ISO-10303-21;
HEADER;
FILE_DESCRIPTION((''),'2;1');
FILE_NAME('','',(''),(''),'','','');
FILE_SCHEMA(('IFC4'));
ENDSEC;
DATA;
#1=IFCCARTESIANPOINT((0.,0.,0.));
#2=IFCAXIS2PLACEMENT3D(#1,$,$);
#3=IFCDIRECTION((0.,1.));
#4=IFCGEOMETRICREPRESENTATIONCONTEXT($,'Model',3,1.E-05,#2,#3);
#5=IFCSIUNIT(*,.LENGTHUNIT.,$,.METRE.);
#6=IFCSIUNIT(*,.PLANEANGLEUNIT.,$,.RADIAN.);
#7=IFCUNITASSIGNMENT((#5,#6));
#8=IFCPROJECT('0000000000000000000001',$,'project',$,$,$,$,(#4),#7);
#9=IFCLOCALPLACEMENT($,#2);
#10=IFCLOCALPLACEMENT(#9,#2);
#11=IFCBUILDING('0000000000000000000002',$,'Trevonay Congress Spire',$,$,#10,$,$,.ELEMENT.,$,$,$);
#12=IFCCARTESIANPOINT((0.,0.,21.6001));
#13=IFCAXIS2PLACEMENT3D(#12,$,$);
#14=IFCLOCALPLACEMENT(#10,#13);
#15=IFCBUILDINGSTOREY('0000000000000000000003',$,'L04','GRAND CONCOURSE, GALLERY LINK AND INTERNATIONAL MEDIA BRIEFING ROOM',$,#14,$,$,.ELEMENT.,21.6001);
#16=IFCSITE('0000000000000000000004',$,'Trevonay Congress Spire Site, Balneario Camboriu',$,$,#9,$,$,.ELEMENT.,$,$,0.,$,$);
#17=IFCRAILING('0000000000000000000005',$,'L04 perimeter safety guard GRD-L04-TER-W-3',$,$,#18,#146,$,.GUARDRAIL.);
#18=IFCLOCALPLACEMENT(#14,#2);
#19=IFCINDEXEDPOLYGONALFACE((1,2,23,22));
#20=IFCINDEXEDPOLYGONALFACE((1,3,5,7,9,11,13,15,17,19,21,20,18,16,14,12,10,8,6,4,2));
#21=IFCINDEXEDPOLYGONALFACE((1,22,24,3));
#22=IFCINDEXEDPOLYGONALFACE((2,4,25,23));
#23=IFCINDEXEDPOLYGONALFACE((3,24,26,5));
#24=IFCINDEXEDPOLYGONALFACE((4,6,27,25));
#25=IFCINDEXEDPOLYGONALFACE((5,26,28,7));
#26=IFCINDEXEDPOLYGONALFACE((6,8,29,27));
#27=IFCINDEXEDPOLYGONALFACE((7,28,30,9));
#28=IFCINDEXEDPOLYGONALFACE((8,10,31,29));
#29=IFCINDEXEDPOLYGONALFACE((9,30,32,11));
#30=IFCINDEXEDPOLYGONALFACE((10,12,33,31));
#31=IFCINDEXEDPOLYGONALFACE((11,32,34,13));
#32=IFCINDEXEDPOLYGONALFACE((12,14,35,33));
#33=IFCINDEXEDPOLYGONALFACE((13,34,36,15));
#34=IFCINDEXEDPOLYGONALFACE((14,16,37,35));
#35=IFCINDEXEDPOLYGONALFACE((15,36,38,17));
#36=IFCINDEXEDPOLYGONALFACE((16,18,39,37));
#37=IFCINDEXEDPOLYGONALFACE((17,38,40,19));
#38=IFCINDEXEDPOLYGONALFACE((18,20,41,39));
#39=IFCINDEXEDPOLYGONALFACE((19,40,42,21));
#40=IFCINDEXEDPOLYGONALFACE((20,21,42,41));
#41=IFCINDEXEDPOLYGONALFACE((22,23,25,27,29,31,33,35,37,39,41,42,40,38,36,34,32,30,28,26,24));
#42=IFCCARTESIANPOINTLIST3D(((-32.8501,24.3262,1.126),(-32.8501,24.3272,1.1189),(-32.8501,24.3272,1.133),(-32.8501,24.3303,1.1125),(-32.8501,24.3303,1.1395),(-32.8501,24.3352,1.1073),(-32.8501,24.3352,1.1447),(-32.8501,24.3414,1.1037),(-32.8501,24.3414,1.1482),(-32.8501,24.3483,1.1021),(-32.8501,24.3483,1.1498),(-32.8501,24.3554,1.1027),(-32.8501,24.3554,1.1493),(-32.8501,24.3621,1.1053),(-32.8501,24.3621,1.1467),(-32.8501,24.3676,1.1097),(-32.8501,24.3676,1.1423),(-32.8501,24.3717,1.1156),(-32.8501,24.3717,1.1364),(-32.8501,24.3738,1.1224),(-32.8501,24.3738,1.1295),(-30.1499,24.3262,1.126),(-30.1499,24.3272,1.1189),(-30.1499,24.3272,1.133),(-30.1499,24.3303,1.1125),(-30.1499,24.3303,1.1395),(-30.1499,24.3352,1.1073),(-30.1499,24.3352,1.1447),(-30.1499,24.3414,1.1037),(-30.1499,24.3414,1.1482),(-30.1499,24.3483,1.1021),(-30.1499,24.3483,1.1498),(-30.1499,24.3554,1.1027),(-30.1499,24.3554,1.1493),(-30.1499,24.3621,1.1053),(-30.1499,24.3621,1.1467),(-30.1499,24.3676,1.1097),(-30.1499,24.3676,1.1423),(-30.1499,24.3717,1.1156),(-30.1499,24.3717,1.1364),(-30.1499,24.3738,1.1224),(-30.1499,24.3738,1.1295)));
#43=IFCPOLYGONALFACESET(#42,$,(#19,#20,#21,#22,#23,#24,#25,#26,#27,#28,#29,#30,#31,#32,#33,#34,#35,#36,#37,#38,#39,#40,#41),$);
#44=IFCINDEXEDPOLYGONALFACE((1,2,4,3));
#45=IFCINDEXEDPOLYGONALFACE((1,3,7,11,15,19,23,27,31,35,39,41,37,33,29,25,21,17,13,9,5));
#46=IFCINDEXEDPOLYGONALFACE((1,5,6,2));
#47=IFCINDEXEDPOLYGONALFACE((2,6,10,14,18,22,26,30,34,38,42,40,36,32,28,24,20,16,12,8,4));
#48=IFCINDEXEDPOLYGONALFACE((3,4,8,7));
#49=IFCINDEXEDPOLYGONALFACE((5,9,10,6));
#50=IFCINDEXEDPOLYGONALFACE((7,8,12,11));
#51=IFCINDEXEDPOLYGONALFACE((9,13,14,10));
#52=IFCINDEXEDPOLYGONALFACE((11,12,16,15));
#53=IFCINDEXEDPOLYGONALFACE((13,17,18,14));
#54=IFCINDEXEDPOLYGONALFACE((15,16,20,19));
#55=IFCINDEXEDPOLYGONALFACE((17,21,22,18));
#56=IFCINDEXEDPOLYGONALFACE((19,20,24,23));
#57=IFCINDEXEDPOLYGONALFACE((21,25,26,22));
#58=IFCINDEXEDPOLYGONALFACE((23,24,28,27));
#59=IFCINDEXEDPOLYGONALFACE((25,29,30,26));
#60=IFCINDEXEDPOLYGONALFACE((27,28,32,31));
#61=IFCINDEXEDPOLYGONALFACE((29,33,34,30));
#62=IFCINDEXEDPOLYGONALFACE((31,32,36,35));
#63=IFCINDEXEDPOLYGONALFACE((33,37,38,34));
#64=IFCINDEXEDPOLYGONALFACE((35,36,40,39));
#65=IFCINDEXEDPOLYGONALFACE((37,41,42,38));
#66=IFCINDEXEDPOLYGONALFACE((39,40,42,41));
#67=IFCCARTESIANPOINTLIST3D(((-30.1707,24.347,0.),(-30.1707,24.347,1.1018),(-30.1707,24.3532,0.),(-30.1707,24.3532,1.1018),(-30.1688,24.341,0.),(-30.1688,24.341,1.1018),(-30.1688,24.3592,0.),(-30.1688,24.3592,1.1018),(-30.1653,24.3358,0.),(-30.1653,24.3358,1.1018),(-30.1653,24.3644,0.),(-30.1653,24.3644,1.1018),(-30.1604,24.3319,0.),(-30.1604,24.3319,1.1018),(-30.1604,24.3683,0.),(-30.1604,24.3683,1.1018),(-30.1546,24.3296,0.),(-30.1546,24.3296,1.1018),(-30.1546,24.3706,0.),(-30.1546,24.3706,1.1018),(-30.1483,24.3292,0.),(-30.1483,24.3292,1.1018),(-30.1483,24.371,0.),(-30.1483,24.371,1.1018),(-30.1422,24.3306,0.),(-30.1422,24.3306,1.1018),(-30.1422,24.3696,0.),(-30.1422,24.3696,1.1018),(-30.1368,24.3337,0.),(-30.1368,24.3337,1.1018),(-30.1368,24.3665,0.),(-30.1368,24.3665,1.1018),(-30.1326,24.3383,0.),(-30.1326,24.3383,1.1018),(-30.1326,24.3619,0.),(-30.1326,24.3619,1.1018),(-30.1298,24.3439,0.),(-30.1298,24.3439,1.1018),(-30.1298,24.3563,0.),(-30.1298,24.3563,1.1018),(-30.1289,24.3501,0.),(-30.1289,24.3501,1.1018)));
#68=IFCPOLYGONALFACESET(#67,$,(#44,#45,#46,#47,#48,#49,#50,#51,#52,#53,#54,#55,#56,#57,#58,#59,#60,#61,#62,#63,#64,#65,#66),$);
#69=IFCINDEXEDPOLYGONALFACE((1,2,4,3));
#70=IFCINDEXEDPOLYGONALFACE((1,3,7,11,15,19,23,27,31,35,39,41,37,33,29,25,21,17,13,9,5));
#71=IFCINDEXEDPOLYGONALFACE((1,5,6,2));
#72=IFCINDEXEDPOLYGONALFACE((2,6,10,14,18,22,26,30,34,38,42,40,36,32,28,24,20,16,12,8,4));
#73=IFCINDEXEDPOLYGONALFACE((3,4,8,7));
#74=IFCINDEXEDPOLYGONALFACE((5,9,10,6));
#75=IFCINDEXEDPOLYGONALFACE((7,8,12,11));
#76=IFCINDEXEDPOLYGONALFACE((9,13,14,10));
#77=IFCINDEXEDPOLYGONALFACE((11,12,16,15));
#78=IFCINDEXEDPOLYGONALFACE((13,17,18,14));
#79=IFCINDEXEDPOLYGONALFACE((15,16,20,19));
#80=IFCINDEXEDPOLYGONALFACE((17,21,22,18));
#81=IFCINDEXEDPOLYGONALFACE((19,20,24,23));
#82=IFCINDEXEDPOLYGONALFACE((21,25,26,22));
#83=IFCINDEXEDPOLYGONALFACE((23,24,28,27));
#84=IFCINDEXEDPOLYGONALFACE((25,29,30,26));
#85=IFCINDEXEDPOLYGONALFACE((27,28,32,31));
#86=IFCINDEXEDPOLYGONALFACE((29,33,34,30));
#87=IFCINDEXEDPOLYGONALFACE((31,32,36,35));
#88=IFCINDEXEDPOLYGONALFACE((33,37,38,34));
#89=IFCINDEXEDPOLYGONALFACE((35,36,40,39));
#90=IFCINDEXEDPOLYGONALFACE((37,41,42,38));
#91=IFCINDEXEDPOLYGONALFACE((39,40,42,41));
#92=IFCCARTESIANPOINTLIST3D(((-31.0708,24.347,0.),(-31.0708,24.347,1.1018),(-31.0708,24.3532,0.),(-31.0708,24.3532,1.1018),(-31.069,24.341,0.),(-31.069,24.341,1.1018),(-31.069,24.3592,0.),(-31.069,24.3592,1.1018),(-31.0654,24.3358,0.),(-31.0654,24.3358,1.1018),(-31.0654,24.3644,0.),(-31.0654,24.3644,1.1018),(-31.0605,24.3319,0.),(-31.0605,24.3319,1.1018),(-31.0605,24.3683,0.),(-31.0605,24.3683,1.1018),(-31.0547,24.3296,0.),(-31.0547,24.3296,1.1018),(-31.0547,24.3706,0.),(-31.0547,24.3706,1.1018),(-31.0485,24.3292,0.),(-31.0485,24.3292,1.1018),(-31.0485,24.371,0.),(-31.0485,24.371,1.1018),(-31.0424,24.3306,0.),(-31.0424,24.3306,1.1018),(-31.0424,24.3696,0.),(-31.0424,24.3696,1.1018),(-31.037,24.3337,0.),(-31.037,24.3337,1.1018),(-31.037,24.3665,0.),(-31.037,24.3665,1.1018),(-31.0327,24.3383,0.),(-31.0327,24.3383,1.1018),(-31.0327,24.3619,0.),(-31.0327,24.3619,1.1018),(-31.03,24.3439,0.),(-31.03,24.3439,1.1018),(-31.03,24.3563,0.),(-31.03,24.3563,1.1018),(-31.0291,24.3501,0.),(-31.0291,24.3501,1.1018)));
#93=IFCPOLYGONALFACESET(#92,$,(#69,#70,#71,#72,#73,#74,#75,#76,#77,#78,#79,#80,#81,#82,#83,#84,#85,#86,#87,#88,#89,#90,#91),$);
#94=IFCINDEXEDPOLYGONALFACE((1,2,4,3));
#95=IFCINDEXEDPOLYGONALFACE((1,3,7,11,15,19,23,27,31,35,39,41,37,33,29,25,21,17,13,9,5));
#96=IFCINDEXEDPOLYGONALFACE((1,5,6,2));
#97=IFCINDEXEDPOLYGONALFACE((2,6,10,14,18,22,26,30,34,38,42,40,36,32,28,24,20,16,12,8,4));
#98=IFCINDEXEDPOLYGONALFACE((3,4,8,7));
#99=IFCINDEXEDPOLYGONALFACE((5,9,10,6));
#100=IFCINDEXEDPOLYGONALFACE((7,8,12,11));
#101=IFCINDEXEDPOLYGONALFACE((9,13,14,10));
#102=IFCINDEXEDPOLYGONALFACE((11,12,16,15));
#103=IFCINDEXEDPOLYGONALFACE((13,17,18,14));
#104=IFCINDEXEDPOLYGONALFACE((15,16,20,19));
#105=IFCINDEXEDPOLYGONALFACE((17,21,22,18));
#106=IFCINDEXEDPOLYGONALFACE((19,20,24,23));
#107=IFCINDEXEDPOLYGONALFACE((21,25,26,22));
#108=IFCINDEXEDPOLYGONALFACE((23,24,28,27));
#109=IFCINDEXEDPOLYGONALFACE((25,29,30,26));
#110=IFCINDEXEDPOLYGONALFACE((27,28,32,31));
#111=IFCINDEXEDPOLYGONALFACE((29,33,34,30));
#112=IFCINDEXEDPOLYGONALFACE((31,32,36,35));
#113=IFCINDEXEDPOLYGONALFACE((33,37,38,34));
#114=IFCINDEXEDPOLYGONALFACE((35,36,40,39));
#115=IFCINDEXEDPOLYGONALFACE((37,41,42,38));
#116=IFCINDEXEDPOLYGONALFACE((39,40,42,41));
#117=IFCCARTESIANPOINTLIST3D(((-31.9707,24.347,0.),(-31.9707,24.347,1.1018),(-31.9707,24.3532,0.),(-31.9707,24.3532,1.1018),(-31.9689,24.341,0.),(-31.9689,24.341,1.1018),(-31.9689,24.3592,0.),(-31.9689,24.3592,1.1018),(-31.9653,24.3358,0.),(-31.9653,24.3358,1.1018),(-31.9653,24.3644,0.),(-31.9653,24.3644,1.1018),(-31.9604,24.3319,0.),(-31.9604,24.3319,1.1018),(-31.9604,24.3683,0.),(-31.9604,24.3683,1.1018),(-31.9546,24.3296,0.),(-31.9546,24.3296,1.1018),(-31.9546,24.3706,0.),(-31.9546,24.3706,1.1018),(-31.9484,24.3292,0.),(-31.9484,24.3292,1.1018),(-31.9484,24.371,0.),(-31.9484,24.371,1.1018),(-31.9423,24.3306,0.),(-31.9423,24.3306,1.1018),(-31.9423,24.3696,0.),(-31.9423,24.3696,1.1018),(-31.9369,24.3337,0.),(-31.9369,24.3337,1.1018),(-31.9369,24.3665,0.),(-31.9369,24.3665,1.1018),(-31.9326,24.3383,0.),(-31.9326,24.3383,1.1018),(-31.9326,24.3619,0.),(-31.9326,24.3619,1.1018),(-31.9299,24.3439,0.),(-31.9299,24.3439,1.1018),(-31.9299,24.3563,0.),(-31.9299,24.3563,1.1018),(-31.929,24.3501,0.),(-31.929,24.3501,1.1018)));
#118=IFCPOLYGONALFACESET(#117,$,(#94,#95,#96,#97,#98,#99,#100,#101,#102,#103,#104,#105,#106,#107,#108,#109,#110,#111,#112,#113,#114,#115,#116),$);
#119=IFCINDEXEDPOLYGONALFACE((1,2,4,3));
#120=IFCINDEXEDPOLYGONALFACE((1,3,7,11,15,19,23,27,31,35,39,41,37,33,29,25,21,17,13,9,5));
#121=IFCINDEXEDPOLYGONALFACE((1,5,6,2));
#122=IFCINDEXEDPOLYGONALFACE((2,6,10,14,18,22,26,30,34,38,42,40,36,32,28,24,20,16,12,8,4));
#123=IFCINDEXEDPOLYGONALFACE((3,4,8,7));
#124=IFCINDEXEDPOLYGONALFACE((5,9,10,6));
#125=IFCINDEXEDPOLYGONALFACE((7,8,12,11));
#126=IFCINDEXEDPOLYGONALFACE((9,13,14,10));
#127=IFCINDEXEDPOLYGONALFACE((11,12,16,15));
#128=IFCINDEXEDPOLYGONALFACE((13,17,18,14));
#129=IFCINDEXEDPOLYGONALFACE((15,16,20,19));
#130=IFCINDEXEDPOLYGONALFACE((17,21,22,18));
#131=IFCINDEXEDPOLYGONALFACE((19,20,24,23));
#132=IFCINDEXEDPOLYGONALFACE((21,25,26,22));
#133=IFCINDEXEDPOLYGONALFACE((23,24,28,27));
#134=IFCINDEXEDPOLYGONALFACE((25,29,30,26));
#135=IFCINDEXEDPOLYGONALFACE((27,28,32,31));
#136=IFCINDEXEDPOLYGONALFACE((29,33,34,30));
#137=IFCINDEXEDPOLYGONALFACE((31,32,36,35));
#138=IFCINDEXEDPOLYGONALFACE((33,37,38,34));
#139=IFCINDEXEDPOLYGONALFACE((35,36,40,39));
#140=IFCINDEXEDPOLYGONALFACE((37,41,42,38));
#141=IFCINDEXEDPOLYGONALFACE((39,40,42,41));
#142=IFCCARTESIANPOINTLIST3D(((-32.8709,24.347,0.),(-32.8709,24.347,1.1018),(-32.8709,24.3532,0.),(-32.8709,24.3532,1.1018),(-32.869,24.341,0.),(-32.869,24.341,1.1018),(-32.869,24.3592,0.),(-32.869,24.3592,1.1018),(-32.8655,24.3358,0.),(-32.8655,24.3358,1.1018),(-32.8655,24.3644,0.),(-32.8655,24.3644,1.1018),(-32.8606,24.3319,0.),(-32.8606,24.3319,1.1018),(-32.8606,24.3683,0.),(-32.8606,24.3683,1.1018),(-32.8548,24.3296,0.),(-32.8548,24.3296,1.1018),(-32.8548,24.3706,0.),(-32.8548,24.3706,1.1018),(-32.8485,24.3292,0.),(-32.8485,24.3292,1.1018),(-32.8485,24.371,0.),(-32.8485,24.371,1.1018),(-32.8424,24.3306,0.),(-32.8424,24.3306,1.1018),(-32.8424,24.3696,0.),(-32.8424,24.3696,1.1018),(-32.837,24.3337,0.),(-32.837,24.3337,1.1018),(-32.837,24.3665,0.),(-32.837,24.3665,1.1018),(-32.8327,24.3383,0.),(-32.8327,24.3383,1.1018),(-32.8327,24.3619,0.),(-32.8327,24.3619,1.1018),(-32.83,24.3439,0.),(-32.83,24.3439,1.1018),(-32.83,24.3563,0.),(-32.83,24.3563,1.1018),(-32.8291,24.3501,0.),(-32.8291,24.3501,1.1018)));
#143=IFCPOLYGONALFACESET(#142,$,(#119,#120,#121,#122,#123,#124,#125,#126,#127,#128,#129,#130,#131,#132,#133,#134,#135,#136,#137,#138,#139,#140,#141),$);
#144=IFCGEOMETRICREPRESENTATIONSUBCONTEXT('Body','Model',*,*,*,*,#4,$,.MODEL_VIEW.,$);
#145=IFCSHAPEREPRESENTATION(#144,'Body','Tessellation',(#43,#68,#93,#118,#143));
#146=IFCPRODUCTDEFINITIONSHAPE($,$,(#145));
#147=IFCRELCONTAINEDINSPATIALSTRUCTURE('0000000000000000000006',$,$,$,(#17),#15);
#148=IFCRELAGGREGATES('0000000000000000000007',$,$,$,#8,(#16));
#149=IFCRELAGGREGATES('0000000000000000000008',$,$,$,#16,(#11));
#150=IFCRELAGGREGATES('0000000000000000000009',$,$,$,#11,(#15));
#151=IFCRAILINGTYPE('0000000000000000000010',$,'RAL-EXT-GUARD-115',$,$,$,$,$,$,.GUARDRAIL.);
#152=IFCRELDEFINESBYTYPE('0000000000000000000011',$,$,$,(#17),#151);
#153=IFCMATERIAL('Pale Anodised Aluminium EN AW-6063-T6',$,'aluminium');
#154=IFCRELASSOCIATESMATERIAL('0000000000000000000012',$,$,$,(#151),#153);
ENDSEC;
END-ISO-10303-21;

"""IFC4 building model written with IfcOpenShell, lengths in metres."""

from ifc_helpers import new_model, si_unit, direction, frame, origin, origin_2d, place, context, subcontext, project, spatial, circle, extrude, material, type_object, element, save


model = new_model("IFC4")

# Units and contexts
model_context = context("Model", 3, precision=1e-05, world=origin(), true_north=direction((0.0, 1.0)))
body_context = subcontext(model_context, "Body", "Model", "MODEL_VIEW")
ifc_project = project(units=[si_unit("LENGTHUNIT", "METRE"), si_unit("PLANEANGLEUNIT", "RADIAN")], contexts=[model_context])

# Site, building, storey
site_placement = place(None, origin())
site = spatial("IfcSite", under=ifc_project, at=site_placement, Name="Trevonay Congress Spire Site, Balneario Camboriu", CompositionType="ELEMENT", RefElevation=0.0)
building_placement = place(site_placement, origin())
building = spatial("IfcBuilding", under=site, at=building_placement, Name="Trevonay Congress Spire", CompositionType="ELEMENT")
storey_placement = place(building_placement, frame((0.0, 0.0, 21.6001)))
storey = spatial("IfcBuildingStorey", under=building, at=storey_placement, Name="L04", Description="GRAND CONCOURSE, GALLERY LINK AND INTERNATIONAL MEDIA BRIEFING ROOM", CompositionType="ELEMENT", Elevation=21.6001)

# Shared definitions
ifc_material_1 = material(Name="Pale Anodised Aluminium EN AW-6063-T6", Category="aluminium")

# Railing
railing_type_1 = type_object("IfcRailingType", Name="RAL-EXT-GUARD-115", PredefinedType="GUARDRAIL", material=ifc_material_1)
railing_1_placement = place(storey_placement, frame((-30.1499, 24.3501, 0.0)))
element("IfcRailing", 1, at=railing_1_placement, inside=storey, type_object=railing_type_1, Name="L04 perimeter safety guard GRD-L04-TER-W-3", PredefinedType="GUARDRAIL", context=body_context, shape_type="SweptSolid", body=[
    extrude(circle(Radius=0.0239, at=origin_2d()), frame((0.0, 0.0, 1.126), z_axis=(-1.0, 0.0, 0.0), x_axis=(0.0, -1.0, 0.0)), (0.0, 0.0, 1.0), 2.7002),
    extrude(circle(Radius=0.021, at=origin_2d()), origin(), (0.0, 0.0, 1.0), 1.1018),
    extrude(circle(Radius=0.021, at=origin_2d()), frame((-0.9001, 0.0, 0.0)), (0.0, 0.0, 1.0), 1.1018),
    extrude(circle(Radius=0.021, at=origin_2d()), frame((-1.8, 0.0, 0.0)), (0.0, 0.0, 1.0), 1.1018),
    extrude(circle(Radius=0.021, at=origin_2d()), frame((-2.7002, 0.0, 0.0)), (0.0, 0.0, 1.0), 1.1018),
])

save(model, "model.ifc")
